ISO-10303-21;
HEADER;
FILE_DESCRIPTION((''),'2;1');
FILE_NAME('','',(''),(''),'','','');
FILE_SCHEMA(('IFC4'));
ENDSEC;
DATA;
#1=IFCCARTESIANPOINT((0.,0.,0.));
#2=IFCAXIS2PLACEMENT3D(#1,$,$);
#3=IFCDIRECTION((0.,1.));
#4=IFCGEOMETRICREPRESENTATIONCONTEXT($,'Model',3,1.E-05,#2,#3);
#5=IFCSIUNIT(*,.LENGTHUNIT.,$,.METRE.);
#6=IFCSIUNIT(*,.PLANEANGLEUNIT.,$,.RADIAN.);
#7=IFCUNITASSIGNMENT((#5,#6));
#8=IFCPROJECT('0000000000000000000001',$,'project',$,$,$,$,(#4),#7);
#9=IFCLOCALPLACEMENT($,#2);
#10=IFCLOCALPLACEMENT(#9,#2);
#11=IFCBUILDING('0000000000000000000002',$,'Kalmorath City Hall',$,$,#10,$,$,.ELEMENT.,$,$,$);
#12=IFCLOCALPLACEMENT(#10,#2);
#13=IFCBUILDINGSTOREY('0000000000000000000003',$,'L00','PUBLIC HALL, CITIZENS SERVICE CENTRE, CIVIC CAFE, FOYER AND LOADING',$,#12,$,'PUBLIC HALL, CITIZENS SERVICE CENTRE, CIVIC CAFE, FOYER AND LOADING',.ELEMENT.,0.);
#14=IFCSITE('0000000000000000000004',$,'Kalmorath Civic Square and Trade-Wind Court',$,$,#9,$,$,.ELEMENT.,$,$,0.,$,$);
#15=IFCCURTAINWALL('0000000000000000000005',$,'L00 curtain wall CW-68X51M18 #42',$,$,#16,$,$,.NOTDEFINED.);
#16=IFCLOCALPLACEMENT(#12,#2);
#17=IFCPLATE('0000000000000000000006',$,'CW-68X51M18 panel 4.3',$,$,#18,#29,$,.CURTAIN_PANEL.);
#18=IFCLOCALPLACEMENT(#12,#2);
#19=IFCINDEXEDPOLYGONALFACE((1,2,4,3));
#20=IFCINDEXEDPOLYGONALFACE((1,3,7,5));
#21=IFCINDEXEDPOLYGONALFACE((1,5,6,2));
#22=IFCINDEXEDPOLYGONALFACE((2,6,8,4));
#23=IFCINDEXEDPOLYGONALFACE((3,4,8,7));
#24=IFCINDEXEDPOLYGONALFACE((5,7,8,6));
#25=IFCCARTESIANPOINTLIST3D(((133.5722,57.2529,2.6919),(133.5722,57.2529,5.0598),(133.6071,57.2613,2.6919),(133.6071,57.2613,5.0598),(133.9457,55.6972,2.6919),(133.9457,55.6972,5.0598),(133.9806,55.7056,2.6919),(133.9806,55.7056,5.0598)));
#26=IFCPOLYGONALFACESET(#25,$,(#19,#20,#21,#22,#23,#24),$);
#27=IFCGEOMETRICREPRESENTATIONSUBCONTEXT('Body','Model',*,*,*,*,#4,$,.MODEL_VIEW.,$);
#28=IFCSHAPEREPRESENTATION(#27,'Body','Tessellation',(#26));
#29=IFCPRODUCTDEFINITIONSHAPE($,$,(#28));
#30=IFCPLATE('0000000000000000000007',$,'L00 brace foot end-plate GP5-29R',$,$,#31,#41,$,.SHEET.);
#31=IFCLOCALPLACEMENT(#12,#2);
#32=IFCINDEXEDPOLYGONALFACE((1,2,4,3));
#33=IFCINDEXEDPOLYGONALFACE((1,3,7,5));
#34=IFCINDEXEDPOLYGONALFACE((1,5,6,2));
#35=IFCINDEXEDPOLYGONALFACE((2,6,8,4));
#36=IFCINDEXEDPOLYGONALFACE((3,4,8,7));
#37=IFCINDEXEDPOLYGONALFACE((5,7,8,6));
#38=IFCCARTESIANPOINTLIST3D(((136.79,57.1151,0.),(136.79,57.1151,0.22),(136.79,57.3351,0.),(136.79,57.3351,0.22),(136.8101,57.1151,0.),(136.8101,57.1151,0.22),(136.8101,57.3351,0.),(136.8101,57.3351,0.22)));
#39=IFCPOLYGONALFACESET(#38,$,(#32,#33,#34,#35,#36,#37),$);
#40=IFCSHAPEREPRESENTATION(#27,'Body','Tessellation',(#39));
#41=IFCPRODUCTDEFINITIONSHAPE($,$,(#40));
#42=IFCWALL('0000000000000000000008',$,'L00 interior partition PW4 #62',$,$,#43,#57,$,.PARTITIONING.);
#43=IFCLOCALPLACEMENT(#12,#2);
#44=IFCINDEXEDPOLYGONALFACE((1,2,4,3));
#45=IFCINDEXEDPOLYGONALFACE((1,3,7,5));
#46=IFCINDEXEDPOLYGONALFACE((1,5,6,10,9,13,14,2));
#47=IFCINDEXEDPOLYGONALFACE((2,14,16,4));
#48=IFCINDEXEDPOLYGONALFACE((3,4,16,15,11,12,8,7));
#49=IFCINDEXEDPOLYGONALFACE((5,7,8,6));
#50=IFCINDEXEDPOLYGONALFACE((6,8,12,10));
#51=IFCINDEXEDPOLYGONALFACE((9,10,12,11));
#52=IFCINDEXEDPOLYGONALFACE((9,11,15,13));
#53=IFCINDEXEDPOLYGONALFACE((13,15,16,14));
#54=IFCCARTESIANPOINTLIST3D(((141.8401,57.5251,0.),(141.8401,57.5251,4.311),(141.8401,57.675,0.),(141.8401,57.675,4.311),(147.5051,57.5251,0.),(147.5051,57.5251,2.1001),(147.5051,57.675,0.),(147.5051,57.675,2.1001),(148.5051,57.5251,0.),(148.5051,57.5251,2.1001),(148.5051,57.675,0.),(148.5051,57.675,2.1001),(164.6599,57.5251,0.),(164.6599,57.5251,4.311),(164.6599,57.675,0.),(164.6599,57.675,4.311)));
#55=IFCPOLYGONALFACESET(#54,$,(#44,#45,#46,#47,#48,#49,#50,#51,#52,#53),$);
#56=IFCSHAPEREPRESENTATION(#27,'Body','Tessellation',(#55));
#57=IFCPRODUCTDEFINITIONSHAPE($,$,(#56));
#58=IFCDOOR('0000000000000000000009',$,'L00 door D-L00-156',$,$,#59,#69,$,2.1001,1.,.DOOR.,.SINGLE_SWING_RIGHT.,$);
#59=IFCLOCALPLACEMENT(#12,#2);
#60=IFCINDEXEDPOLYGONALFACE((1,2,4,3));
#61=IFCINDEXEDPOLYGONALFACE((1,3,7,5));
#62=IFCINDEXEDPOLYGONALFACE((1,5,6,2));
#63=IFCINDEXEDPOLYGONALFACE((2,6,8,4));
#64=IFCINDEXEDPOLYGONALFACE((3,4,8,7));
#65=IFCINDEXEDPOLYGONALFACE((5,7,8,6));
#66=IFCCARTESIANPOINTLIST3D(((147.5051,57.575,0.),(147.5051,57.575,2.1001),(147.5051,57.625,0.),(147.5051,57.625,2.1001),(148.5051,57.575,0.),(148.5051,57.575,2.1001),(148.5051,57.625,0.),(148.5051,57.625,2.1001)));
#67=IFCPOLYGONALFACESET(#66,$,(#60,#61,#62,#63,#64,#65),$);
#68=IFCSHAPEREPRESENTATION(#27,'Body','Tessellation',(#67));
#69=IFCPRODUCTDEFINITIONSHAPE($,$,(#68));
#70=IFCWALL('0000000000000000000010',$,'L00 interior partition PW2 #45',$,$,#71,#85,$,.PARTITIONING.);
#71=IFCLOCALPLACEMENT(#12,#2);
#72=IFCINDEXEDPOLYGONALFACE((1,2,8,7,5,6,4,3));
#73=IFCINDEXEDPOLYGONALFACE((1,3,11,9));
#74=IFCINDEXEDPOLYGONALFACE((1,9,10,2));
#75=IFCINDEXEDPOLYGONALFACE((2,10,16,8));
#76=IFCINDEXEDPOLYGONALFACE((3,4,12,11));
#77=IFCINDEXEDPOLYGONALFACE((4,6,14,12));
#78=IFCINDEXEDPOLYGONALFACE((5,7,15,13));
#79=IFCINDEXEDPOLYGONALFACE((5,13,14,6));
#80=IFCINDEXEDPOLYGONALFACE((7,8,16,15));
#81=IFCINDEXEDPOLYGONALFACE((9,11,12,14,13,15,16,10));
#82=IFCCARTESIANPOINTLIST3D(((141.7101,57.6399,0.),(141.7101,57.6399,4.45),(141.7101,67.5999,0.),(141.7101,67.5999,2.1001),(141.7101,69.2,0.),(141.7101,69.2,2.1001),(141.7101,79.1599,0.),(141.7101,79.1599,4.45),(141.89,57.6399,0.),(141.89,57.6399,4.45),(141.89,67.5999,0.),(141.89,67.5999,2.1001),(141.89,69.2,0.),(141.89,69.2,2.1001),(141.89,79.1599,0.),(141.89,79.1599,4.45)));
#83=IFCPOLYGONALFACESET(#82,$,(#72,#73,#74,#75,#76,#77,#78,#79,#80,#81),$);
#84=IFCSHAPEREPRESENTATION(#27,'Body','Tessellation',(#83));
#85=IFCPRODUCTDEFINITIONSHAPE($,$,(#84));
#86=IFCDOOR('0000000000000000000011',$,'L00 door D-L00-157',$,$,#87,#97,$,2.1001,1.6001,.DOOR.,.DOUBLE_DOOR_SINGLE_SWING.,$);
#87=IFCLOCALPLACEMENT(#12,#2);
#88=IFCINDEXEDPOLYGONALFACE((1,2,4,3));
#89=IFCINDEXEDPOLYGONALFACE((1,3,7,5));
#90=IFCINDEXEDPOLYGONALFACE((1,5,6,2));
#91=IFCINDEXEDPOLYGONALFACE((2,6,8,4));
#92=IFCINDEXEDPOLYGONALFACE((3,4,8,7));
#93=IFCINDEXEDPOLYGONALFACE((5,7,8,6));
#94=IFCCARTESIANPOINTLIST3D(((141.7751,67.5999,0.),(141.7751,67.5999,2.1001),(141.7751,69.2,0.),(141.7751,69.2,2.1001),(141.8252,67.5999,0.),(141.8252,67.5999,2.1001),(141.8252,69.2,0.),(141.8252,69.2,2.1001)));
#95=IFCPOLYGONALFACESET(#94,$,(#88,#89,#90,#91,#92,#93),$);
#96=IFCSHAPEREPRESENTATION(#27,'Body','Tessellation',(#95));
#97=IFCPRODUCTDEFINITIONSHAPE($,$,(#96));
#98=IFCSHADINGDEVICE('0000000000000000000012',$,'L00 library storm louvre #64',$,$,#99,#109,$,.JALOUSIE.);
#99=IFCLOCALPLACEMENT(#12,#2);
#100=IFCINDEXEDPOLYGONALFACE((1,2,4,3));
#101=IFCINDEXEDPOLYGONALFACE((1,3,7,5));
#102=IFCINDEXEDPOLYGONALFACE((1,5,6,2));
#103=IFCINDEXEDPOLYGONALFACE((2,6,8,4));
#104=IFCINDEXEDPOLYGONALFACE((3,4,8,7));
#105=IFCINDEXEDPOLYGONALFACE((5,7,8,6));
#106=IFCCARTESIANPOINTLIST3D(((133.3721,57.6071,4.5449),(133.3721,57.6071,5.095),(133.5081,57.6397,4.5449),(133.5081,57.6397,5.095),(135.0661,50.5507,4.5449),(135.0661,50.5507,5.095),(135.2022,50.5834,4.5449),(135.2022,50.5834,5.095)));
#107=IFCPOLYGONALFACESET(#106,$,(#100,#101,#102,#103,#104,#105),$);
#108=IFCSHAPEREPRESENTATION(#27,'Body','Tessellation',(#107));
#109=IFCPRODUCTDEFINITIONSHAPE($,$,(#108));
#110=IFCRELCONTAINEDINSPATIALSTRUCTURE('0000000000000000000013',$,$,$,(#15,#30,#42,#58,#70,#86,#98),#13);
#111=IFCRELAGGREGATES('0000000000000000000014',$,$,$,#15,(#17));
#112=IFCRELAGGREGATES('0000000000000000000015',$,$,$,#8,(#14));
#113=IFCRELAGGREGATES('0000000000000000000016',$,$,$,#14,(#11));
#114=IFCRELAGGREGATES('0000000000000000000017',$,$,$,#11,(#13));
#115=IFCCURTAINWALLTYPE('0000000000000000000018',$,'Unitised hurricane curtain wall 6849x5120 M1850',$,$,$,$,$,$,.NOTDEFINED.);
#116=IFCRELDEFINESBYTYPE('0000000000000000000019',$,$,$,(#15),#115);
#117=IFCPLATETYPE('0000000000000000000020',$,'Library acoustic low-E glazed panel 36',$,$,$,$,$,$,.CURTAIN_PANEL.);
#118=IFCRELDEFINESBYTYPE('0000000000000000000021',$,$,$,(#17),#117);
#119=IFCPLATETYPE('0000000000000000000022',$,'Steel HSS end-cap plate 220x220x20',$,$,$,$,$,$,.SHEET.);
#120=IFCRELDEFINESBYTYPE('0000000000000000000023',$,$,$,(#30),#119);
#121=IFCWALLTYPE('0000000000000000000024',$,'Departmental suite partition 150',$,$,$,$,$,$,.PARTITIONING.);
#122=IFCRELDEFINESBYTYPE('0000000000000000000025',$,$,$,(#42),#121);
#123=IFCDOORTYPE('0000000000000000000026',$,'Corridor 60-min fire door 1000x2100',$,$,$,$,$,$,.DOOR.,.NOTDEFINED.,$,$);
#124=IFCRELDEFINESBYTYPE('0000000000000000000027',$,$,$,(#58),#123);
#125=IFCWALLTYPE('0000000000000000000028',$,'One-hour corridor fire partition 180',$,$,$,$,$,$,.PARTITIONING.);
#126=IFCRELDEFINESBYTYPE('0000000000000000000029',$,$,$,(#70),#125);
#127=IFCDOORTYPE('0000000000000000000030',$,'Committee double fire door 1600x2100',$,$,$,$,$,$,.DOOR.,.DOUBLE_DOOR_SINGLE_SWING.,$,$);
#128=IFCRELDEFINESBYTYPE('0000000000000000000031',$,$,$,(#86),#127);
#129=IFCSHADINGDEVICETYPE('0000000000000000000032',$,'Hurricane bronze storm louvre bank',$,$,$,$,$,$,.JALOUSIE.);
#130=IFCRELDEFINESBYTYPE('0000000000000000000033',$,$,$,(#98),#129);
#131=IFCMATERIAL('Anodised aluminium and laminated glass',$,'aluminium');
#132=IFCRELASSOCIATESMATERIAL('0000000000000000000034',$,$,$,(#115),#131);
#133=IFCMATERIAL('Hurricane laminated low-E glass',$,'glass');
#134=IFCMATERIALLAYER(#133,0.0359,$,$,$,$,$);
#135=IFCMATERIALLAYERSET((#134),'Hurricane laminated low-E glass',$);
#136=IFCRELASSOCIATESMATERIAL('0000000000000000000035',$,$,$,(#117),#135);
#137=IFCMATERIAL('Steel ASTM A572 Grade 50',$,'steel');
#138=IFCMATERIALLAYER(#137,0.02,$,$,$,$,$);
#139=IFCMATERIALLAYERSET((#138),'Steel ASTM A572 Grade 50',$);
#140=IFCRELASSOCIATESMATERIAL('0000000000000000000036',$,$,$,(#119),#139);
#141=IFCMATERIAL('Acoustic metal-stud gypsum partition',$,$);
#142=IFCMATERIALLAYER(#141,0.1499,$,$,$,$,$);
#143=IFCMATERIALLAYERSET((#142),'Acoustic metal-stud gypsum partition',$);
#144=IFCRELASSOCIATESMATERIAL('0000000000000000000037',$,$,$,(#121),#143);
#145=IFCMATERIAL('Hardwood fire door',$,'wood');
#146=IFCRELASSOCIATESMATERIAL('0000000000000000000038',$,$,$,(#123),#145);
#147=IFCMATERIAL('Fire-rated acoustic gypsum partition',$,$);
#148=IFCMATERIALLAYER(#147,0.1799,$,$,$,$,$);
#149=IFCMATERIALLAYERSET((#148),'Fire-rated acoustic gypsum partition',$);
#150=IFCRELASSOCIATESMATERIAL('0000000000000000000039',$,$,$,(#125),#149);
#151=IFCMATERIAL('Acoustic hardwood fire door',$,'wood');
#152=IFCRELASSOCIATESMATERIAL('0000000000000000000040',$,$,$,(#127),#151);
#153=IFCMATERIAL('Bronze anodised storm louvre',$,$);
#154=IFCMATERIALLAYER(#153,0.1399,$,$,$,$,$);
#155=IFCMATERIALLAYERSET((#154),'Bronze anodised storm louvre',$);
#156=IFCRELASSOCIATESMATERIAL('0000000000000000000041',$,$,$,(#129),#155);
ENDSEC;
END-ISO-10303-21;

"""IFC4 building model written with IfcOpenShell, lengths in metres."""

from ifc_helpers import new_model, si_unit, direction, frame, frame_2d, origin, origin_2d, place, context, subcontext, project, spatial, rectangle, extrude, material, layer, layer_set, type_object, element, fill, aggregate, save


model = new_model("IFC4")

# Units and contexts
model_context = context("Model", 3, precision=1e-05, world=origin(), true_north=direction((0.0, 1.0)))
body_context = subcontext(model_context, "Body", "Model", "MODEL_VIEW")
ifc_project = project(units=[si_unit("LENGTHUNIT", "METRE"), si_unit("PLANEANGLEUNIT", "RADIAN")], contexts=[model_context])

# Site, building, storey
site_placement = place(None, origin())
site = spatial("IfcSite", under=ifc_project, at=site_placement, Name="Kalmorath Civic Square and Trade-Wind Court", CompositionType="ELEMENT", RefElevation=0.0)
building_placement = place(site_placement, origin())
building = spatial("IfcBuilding", under=site, at=building_placement, Name="Kalmorath City Hall", CompositionType="ELEMENT")
storey_placement = place(building_placement, origin())
storey = spatial("IfcBuildingStorey", under=building, at=storey_placement, Name="L00", Description="PUBLIC HALL, CITIZENS SERVICE CENTRE, CIVIC CAFE, FOYER AND LOADING", LongName="PUBLIC HALL, CITIZENS SERVICE CENTRE, CIVIC CAFE, FOYER AND LOADING", CompositionType="ELEMENT", Elevation=0.0)

# Curtain wall
ifc_material_1 = material(Name="Anodised aluminium and laminated glass", Category="aluminium")
curtain_wall_type = type_object("IfcCurtainWallType", Name="Unitised hurricane curtain wall 6849x5120 M1850", PredefinedType="NOTDEFINED", material=ifc_material_1)
curtain_wall_placement = place(storey_placement, origin())
curtain_wall = element("IfcCurtainWall", 1, at=curtain_wall_placement, inside=storey, type_object=curtain_wall_type, Name="L00 curtain wall CW-68X51M18 #42", PredefinedType="NOTDEFINED")

# Plates
ifc_material_2 = material(Name="Hurricane laminated low-E glass", Category="glass")
ifc_layer_1 = layer(ifc_material_2, 0.0359)
ifc_layer_set_1 = layer_set([ifc_layer_1], Name="Hurricane laminated low-E glass")
plate_type_1 = type_object("IfcPlateType", Name="Library acoustic low-E glazed panel 36", PredefinedType="CURTAIN_PANEL", material=ifc_layer_set_1)
plate_1_placement = place(storey_placement, frame((133.7764, 56.4792, 2.6919), z_axis=(0.0, 0.0, 1.0), x_axis=(-0.233456, 0.972367, 0.0)))
plate_1 = element("IfcPlate", 2, at=plate_1_placement, type_object=plate_type_1, Name="CW-68X51M18 panel 4.3", PredefinedType="CURTAIN_PANEL", context=body_context, shape_type="SweptSolid", body=[
    extrude(rectangle(XDim=1.5999, YDim=0.0359, at=origin_2d()), origin(), (0.0, 0.0, 1.0), 2.3679),
])
aggregate(curtain_wall, [plate_1])
ifc_material_3 = material(Name="Steel ASTM A572 Grade 50", Category="steel")
ifc_layer_2 = layer(ifc_material_3, 0.02)
ifc_layer_set_2 = layer_set([ifc_layer_2], Name="Steel ASTM A572 Grade 50")
plate_type_2 = type_object("IfcPlateType", Name="Steel HSS end-cap plate 220x220x20", PredefinedType="SHEET", material=ifc_layer_set_2)
plate_2_placement = place(storey_placement, frame((136.8, 57.2251, 0.0), z_axis=(0.0, 0.0, 1.0), x_axis=(0.0, 1.0, 0.0)))
element("IfcPlate", 3, at=plate_2_placement, inside=storey, type_object=plate_type_2, Name="L00 brace foot end-plate GP5-29R", PredefinedType="SHEET", context=body_context, shape_type="SweptSolid", body=[
    extrude(rectangle(XDim=0.22, YDim=0.02, at=origin_2d()), origin(), (0.0, 0.0, 1.0), 0.22),
])

# Walls, openings, doors
ifc_material_4 = material(Name="Acoustic metal-stud gypsum partition")
ifc_layer_3 = layer(ifc_material_4, 0.1499)
ifc_layer_set_3 = layer_set([ifc_layer_3], Name="Acoustic metal-stud gypsum partition")
wall_type_1 = type_object("IfcWallType", Name="Departmental suite partition 150", PredefinedType="PARTITIONING", material=ifc_layer_set_3)
wall_1_placement = place(storey_placement, frame((141.8401, 57.6001, 0.0), z_axis=(0.0, 0.0, 1.0), x_axis=(1.0, 0.0, 0.0)))
wall_1 = element("IfcWall", 4, at=wall_1_placement, inside=storey, type_object=wall_type_1, Name="L00 interior partition PW4 #62", PredefinedType="PARTITIONING", context=body_context, shape_type="SweptSolid", body=[
    extrude(rectangle(XDim=22.8198, YDim=0.1499, at=frame_2d((11.4099, 0.0))), origin(), (0.0, 0.0, 1.0), 4.311),
])
opening_1_placement = place(wall_1_placement, frame((5.665, 0.0, 0.0)))
opening_1 = element("IfcOpeningElement", 5, at=opening_1_placement, cuts=wall_1, PredefinedType="OPENING", context=body_context, shape_type="SweptSolid", body=[
    extrude(rectangle(XDim=1.0, YDim=2.1001, at=frame_2d((0.5, 1.05))), frame((0.0, 0.085, 0.0), z_axis=(0.0, -1.0, 0.0), x_axis=(1.0, 0.0, 0.0)), (0.0, 0.0, 1.0), 0.1699),
])
ifc_material_5 = material(Name="Hardwood fire door", Category="wood")
door_type_1 = type_object("IfcDoorType", Name="Corridor 60-min fire door 1000x2100", OperationType="NOTDEFINED", PredefinedType="DOOR", material=ifc_material_5)
door_1_placement = place(opening_1_placement, origin())
door_1 = element("IfcDoor", 6, at=door_1_placement, inside=storey, type_object=door_type_1, Name="L00 door D-L00-156", OperationType="SINGLE_SWING_RIGHT", OverallHeight=2.1001, OverallWidth=1.0, PredefinedType="DOOR", context=body_context, shape_type="SweptSolid", body=[
    extrude(rectangle(XDim=1.0, YDim=2.1001, at=frame_2d((0.5, 1.05))), frame((0.0, 0.0249, 0.0), z_axis=(0.0, -1.0, 0.0), x_axis=(1.0, 0.0, 0.0)), (0.0, 0.0, 1.0), 0.05),
])
fill(opening_1, door_1)
ifc_material_6 = material(Name="Fire-rated acoustic gypsum partition")
ifc_layer_4 = layer(ifc_material_6, 0.1799)
ifc_layer_set_4 = layer_set([ifc_layer_4], Name="Fire-rated acoustic gypsum partition")
wall_type_2 = type_object("IfcWallType", Name="One-hour corridor fire partition 180", PredefinedType="PARTITIONING", material=ifc_layer_set_4)
wall_2_placement = place(storey_placement, frame((141.8, 57.6399, 0.0), z_axis=(0.0, 0.0, 1.0), x_axis=(0.0, 1.0, 0.0)))
wall_2 = element("IfcWall", 7, at=wall_2_placement, inside=storey, type_object=wall_type_2, Name="L00 interior partition PW2 #45", PredefinedType="PARTITIONING", context=body_context, shape_type="SweptSolid", body=[
    extrude(rectangle(XDim=21.52, YDim=0.1799, at=frame_2d((10.76, 0.0))), origin(), (0.0, 0.0, 1.0), 4.45),
])
opening_2_placement = place(wall_2_placement, frame((9.96, 0.0, 0.0)))
opening_2 = element("IfcOpeningElement", 8, at=opening_2_placement, cuts=wall_2, PredefinedType="OPENING", context=body_context, shape_type="SweptSolid", body=[
    extrude(rectangle(XDim=1.6001, YDim=2.1001, at=frame_2d((0.8, 1.05))), frame((0.0, 0.0999, 0.0), z_axis=(0.0, -1.0, 0.0), x_axis=(1.0, 0.0, 0.0)), (0.0, 0.0, 1.0), 0.2),
])
ifc_material_7 = material(Name="Acoustic hardwood fire door", Category="wood")
door_type_2 = type_object("IfcDoorType", Name="Committee double fire door 1600x2100", OperationType="DOUBLE_DOOR_SINGLE_SWING", PredefinedType="DOOR", material=ifc_material_7)
door_2_placement = place(opening_2_placement, origin())
door_2 = element("IfcDoor", 9, at=door_2_placement, inside=storey, type_object=door_type_2, Name="L00 door D-L00-157", OperationType="DOUBLE_DOOR_SINGLE_SWING", OverallHeight=2.1001, OverallWidth=1.6001, PredefinedType="DOOR", context=body_context, shape_type="SweptSolid", body=[
    extrude(rectangle(XDim=1.6001, YDim=2.1001, at=frame_2d((0.8, 1.05))), frame((0.0, 0.0249, 0.0), z_axis=(0.0, -1.0, 0.0), x_axis=(1.0, 0.0, 0.0)), (0.0, 0.0, 1.0), 0.05),
])
fill(opening_2, door_2)

# Shading device
ifc_material_8 = material(Name="Bronze anodised storm louvre")
ifc_layer_5 = layer(ifc_material_8, 0.1399)
ifc_layer_set_5 = layer_set([ifc_layer_5], Name="Bronze anodised storm louvre")
shading_device_type = type_object("IfcShadingDeviceType", Name="Hurricane bronze storm louvre bank", PredefinedType="JALOUSIE", material=ifc_layer_set_5)
shading_device_placement = place(storey_placement, frame((134.2871, 54.0952, 4.5449), z_axis=(0.0, 0.0, 1.0), x_axis=(-0.233445, 0.97237, 0.0)))
element("IfcShadingDevice", 10, at=shading_device_placement, inside=storey, type_object=shading_device_type, Name="L00 library storm louvre #64", PredefinedType="JALOUSIE", context=body_context, shape_type="SweptSolid", body=[
    extrude(rectangle(XDim=7.2568, YDim=0.1399, at=origin_2d()), origin(), (0.0, 0.0, 1.0), 0.55),
])

save(model, "model.ifc")
